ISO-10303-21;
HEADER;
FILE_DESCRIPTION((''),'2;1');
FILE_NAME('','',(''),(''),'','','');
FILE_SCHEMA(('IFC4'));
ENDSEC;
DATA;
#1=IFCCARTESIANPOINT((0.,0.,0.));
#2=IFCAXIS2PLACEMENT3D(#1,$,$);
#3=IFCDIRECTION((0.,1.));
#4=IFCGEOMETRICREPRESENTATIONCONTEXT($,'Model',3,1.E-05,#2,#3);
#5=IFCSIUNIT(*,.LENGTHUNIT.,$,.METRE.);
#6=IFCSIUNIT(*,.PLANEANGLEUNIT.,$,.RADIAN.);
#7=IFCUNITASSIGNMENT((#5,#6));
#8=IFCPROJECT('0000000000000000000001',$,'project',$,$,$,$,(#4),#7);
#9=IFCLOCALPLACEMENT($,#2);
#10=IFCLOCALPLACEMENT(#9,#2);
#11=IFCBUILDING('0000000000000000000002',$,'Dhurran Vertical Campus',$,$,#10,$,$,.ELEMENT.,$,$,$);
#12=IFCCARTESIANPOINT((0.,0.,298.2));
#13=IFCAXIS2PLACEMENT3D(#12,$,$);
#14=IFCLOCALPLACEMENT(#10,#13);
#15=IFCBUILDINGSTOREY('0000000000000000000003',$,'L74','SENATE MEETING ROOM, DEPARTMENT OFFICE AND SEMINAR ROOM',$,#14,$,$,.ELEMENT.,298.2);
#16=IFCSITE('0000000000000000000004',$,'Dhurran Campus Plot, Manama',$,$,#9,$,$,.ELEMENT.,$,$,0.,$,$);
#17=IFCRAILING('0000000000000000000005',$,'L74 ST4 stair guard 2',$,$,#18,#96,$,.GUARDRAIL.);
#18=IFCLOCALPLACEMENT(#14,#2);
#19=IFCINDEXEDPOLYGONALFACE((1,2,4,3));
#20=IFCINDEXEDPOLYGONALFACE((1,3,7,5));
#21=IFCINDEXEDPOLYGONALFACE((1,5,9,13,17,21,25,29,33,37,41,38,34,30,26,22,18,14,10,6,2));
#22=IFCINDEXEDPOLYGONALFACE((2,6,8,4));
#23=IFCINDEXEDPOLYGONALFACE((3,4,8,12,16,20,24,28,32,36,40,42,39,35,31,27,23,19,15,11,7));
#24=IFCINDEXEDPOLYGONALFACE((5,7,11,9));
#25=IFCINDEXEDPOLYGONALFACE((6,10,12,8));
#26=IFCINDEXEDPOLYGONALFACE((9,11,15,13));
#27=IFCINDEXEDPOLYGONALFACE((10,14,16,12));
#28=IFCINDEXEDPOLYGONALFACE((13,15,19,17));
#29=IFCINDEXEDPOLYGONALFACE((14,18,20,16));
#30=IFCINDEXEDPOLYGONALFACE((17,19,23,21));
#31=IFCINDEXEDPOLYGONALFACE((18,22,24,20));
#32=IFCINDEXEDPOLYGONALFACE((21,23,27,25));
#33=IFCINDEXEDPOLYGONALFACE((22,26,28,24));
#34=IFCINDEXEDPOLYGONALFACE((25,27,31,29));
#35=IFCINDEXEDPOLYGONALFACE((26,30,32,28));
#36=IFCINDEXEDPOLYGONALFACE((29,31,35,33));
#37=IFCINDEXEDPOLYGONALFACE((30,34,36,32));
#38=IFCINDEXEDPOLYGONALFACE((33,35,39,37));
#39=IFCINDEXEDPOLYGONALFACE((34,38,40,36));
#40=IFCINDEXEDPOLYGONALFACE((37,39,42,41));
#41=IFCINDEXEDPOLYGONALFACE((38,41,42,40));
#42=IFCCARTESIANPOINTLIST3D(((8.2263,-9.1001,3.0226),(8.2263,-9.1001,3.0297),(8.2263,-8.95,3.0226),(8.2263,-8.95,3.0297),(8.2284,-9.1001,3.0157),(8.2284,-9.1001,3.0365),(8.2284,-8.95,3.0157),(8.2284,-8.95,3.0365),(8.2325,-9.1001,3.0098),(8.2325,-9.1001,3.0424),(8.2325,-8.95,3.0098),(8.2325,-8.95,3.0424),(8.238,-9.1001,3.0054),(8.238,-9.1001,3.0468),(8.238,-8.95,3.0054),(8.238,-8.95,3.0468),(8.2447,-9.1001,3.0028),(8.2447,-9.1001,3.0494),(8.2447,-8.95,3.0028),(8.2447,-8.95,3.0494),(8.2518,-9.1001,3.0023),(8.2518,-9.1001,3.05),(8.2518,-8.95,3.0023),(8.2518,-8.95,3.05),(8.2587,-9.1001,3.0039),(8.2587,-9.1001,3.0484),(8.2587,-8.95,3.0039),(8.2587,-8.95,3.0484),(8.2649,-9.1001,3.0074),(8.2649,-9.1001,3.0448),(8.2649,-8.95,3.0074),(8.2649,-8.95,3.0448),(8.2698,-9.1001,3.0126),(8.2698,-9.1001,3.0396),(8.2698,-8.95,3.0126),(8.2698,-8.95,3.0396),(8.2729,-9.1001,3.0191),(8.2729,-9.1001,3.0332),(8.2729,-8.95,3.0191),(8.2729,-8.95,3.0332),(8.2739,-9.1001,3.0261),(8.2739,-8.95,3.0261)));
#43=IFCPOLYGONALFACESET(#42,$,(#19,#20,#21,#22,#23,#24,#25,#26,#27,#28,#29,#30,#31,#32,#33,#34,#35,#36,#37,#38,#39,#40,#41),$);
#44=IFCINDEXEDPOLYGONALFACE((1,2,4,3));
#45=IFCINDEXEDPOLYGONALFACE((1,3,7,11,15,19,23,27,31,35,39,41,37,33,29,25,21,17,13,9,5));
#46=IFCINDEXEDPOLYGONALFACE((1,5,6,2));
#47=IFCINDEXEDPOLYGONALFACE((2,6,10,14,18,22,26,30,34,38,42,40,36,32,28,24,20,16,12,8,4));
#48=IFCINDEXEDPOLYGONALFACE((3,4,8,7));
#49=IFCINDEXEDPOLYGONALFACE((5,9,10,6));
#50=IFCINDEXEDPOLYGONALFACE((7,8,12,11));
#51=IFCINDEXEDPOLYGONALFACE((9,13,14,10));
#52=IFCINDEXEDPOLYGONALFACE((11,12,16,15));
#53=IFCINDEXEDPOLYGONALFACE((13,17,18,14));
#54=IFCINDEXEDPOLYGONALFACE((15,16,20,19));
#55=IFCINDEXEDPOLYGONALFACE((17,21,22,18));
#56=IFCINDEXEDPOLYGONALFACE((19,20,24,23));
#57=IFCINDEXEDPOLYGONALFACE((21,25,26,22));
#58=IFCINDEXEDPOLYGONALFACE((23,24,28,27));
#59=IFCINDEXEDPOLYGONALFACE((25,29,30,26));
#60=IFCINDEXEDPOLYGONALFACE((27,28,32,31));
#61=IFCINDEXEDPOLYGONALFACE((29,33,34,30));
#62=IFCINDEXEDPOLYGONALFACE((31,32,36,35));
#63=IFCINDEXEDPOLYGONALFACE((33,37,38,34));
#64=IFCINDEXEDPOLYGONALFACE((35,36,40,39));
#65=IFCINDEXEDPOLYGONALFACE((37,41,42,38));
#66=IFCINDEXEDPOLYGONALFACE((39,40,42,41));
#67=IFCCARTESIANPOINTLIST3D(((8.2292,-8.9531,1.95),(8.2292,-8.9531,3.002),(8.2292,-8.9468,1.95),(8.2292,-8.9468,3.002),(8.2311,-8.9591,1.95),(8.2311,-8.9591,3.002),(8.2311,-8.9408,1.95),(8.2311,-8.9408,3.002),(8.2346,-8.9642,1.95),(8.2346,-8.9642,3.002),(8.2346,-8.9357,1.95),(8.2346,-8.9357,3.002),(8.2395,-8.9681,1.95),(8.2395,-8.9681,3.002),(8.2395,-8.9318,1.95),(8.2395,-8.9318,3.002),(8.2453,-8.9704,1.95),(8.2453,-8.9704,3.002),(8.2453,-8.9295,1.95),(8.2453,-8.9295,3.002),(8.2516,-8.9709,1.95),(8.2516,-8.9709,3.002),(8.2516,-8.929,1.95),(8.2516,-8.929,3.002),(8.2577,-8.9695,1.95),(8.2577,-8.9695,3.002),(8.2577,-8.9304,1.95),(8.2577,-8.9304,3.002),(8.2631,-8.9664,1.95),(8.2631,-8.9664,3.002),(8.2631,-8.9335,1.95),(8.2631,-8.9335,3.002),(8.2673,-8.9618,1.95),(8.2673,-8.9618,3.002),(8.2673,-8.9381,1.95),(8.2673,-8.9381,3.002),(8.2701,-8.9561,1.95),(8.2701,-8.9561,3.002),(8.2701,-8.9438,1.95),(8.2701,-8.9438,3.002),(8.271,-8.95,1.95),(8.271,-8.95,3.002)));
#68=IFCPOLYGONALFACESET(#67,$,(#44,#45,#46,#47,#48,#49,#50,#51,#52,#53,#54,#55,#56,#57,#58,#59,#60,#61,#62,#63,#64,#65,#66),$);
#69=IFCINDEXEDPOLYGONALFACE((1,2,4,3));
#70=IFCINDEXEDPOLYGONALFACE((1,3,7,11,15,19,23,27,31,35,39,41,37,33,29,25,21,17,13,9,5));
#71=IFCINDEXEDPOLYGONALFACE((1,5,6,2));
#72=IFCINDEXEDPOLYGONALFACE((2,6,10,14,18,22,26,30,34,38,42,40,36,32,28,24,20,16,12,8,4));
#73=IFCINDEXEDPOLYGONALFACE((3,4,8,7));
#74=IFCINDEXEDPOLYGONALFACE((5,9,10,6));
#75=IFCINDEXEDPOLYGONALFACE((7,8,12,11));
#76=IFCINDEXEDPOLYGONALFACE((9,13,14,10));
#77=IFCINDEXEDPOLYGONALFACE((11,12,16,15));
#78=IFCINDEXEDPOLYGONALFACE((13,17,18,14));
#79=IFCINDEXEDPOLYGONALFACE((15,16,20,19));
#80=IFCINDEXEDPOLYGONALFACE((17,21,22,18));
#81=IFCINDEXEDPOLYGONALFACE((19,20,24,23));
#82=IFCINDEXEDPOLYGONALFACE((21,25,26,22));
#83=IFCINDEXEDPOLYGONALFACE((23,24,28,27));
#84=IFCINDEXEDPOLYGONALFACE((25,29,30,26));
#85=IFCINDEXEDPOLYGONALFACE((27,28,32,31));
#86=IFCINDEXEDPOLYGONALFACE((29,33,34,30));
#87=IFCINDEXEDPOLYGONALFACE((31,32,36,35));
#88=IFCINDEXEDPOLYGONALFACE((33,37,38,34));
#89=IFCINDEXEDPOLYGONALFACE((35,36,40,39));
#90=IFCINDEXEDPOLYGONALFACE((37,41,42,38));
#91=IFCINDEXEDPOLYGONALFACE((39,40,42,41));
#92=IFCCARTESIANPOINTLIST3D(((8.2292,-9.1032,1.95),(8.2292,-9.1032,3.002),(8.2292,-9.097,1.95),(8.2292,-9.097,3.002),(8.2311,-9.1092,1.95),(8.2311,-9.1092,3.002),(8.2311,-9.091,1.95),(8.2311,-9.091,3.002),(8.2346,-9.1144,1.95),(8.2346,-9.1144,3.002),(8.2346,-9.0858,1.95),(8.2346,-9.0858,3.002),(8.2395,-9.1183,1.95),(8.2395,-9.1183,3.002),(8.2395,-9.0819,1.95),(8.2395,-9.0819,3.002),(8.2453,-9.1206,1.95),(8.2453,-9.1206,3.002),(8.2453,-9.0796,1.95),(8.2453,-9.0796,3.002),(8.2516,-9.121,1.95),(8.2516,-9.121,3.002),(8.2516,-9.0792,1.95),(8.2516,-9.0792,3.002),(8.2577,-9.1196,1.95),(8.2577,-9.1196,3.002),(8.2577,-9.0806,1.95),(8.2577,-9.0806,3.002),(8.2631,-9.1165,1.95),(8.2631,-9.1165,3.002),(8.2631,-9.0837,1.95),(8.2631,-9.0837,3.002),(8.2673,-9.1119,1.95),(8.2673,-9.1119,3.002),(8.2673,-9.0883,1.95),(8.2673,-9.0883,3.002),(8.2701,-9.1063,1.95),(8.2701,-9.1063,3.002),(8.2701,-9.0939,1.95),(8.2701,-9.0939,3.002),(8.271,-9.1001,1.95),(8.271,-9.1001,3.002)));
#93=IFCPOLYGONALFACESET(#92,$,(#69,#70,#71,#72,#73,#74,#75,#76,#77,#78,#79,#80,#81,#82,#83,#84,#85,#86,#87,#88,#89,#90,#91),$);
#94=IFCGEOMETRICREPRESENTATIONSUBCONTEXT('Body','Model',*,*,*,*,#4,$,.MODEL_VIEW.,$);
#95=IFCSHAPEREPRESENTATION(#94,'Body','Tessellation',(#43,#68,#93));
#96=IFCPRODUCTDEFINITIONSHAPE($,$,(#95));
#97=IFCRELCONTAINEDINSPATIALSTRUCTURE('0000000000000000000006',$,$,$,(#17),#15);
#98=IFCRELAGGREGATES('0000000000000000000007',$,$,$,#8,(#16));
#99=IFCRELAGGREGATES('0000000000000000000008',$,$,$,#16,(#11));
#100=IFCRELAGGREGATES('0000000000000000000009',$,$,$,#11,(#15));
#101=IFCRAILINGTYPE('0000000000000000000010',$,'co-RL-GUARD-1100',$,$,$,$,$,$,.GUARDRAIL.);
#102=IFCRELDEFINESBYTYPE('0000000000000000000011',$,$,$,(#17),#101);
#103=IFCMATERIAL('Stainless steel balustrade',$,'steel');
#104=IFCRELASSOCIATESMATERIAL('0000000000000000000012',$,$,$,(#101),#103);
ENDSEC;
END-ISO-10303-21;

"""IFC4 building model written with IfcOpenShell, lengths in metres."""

from ifc_helpers import new_model, si_unit, direction, frame, origin, origin_2d, place, context, subcontext, project, spatial, circle, extrude, material, type_object, element, save


model = new_model("IFC4")

# Units and contexts
model_context = context("Model", 3, precision=1e-05, world=origin(), true_north=direction((0.0, 1.0)))
body_context = subcontext(model_context, "Body", "Model", "MODEL_VIEW")
ifc_project = project(units=[si_unit("LENGTHUNIT", "METRE"), si_unit("PLANEANGLEUNIT", "RADIAN")], contexts=[model_context])

# Site, building, storey
site_placement = place(None, origin())
site = spatial("IfcSite", under=ifc_project, at=site_placement, Name="Dhurran Campus Plot, Manama", CompositionType="ELEMENT", RefElevation=0.0)
building_placement = place(site_placement, origin())
building = spatial("IfcBuilding", under=site, at=building_placement, Name="Dhurran Vertical Campus", CompositionType="ELEMENT")
storey_placement = place(building_placement, frame((0.0, 0.0, 298.2)))
storey = spatial("IfcBuildingStorey", under=building, at=storey_placement, Name="L74", Description="SENATE MEETING ROOM, DEPARTMENT OFFICE AND SEMINAR ROOM", CompositionType="ELEMENT", Elevation=298.2)

# Railing
ifc_material_1 = material(Name="Stainless steel balustrade", Category="steel")
railing_type_1 = type_object("IfcRailingType", Name="co-RL-GUARD-1100", PredefinedType="GUARDRAIL", material=ifc_material_1)
railing_1_placement = place(storey_placement, frame((8.25, -8.95, 1.95)))
element("IfcRailing", 1, at=railing_1_placement, inside=storey, type_object=railing_type_1, Name="L74 ST4 stair guard 2", PredefinedType="GUARDRAIL", context=body_context, shape_type="SweptSolid", body=[
    extrude(circle(Radius=0.0239, at=origin_2d()), frame((0.0, 0.0, 1.0762), z_axis=(0.0, -1.0, 0.0), x_axis=(1.0, 0.0, 0.0)), (0.0, 0.0, 1.0), 0.1501),
    extrude(circle(Radius=0.021, at=origin_2d()), origin(), (0.0, 0.0, 1.0), 1.052),
    extrude(circle(Radius=0.021, at=origin_2d()), frame((0.0, -0.1501, 0.0)), (0.0, 0.0, 1.0), 1.052),
])

save(model, "model.ifc")
